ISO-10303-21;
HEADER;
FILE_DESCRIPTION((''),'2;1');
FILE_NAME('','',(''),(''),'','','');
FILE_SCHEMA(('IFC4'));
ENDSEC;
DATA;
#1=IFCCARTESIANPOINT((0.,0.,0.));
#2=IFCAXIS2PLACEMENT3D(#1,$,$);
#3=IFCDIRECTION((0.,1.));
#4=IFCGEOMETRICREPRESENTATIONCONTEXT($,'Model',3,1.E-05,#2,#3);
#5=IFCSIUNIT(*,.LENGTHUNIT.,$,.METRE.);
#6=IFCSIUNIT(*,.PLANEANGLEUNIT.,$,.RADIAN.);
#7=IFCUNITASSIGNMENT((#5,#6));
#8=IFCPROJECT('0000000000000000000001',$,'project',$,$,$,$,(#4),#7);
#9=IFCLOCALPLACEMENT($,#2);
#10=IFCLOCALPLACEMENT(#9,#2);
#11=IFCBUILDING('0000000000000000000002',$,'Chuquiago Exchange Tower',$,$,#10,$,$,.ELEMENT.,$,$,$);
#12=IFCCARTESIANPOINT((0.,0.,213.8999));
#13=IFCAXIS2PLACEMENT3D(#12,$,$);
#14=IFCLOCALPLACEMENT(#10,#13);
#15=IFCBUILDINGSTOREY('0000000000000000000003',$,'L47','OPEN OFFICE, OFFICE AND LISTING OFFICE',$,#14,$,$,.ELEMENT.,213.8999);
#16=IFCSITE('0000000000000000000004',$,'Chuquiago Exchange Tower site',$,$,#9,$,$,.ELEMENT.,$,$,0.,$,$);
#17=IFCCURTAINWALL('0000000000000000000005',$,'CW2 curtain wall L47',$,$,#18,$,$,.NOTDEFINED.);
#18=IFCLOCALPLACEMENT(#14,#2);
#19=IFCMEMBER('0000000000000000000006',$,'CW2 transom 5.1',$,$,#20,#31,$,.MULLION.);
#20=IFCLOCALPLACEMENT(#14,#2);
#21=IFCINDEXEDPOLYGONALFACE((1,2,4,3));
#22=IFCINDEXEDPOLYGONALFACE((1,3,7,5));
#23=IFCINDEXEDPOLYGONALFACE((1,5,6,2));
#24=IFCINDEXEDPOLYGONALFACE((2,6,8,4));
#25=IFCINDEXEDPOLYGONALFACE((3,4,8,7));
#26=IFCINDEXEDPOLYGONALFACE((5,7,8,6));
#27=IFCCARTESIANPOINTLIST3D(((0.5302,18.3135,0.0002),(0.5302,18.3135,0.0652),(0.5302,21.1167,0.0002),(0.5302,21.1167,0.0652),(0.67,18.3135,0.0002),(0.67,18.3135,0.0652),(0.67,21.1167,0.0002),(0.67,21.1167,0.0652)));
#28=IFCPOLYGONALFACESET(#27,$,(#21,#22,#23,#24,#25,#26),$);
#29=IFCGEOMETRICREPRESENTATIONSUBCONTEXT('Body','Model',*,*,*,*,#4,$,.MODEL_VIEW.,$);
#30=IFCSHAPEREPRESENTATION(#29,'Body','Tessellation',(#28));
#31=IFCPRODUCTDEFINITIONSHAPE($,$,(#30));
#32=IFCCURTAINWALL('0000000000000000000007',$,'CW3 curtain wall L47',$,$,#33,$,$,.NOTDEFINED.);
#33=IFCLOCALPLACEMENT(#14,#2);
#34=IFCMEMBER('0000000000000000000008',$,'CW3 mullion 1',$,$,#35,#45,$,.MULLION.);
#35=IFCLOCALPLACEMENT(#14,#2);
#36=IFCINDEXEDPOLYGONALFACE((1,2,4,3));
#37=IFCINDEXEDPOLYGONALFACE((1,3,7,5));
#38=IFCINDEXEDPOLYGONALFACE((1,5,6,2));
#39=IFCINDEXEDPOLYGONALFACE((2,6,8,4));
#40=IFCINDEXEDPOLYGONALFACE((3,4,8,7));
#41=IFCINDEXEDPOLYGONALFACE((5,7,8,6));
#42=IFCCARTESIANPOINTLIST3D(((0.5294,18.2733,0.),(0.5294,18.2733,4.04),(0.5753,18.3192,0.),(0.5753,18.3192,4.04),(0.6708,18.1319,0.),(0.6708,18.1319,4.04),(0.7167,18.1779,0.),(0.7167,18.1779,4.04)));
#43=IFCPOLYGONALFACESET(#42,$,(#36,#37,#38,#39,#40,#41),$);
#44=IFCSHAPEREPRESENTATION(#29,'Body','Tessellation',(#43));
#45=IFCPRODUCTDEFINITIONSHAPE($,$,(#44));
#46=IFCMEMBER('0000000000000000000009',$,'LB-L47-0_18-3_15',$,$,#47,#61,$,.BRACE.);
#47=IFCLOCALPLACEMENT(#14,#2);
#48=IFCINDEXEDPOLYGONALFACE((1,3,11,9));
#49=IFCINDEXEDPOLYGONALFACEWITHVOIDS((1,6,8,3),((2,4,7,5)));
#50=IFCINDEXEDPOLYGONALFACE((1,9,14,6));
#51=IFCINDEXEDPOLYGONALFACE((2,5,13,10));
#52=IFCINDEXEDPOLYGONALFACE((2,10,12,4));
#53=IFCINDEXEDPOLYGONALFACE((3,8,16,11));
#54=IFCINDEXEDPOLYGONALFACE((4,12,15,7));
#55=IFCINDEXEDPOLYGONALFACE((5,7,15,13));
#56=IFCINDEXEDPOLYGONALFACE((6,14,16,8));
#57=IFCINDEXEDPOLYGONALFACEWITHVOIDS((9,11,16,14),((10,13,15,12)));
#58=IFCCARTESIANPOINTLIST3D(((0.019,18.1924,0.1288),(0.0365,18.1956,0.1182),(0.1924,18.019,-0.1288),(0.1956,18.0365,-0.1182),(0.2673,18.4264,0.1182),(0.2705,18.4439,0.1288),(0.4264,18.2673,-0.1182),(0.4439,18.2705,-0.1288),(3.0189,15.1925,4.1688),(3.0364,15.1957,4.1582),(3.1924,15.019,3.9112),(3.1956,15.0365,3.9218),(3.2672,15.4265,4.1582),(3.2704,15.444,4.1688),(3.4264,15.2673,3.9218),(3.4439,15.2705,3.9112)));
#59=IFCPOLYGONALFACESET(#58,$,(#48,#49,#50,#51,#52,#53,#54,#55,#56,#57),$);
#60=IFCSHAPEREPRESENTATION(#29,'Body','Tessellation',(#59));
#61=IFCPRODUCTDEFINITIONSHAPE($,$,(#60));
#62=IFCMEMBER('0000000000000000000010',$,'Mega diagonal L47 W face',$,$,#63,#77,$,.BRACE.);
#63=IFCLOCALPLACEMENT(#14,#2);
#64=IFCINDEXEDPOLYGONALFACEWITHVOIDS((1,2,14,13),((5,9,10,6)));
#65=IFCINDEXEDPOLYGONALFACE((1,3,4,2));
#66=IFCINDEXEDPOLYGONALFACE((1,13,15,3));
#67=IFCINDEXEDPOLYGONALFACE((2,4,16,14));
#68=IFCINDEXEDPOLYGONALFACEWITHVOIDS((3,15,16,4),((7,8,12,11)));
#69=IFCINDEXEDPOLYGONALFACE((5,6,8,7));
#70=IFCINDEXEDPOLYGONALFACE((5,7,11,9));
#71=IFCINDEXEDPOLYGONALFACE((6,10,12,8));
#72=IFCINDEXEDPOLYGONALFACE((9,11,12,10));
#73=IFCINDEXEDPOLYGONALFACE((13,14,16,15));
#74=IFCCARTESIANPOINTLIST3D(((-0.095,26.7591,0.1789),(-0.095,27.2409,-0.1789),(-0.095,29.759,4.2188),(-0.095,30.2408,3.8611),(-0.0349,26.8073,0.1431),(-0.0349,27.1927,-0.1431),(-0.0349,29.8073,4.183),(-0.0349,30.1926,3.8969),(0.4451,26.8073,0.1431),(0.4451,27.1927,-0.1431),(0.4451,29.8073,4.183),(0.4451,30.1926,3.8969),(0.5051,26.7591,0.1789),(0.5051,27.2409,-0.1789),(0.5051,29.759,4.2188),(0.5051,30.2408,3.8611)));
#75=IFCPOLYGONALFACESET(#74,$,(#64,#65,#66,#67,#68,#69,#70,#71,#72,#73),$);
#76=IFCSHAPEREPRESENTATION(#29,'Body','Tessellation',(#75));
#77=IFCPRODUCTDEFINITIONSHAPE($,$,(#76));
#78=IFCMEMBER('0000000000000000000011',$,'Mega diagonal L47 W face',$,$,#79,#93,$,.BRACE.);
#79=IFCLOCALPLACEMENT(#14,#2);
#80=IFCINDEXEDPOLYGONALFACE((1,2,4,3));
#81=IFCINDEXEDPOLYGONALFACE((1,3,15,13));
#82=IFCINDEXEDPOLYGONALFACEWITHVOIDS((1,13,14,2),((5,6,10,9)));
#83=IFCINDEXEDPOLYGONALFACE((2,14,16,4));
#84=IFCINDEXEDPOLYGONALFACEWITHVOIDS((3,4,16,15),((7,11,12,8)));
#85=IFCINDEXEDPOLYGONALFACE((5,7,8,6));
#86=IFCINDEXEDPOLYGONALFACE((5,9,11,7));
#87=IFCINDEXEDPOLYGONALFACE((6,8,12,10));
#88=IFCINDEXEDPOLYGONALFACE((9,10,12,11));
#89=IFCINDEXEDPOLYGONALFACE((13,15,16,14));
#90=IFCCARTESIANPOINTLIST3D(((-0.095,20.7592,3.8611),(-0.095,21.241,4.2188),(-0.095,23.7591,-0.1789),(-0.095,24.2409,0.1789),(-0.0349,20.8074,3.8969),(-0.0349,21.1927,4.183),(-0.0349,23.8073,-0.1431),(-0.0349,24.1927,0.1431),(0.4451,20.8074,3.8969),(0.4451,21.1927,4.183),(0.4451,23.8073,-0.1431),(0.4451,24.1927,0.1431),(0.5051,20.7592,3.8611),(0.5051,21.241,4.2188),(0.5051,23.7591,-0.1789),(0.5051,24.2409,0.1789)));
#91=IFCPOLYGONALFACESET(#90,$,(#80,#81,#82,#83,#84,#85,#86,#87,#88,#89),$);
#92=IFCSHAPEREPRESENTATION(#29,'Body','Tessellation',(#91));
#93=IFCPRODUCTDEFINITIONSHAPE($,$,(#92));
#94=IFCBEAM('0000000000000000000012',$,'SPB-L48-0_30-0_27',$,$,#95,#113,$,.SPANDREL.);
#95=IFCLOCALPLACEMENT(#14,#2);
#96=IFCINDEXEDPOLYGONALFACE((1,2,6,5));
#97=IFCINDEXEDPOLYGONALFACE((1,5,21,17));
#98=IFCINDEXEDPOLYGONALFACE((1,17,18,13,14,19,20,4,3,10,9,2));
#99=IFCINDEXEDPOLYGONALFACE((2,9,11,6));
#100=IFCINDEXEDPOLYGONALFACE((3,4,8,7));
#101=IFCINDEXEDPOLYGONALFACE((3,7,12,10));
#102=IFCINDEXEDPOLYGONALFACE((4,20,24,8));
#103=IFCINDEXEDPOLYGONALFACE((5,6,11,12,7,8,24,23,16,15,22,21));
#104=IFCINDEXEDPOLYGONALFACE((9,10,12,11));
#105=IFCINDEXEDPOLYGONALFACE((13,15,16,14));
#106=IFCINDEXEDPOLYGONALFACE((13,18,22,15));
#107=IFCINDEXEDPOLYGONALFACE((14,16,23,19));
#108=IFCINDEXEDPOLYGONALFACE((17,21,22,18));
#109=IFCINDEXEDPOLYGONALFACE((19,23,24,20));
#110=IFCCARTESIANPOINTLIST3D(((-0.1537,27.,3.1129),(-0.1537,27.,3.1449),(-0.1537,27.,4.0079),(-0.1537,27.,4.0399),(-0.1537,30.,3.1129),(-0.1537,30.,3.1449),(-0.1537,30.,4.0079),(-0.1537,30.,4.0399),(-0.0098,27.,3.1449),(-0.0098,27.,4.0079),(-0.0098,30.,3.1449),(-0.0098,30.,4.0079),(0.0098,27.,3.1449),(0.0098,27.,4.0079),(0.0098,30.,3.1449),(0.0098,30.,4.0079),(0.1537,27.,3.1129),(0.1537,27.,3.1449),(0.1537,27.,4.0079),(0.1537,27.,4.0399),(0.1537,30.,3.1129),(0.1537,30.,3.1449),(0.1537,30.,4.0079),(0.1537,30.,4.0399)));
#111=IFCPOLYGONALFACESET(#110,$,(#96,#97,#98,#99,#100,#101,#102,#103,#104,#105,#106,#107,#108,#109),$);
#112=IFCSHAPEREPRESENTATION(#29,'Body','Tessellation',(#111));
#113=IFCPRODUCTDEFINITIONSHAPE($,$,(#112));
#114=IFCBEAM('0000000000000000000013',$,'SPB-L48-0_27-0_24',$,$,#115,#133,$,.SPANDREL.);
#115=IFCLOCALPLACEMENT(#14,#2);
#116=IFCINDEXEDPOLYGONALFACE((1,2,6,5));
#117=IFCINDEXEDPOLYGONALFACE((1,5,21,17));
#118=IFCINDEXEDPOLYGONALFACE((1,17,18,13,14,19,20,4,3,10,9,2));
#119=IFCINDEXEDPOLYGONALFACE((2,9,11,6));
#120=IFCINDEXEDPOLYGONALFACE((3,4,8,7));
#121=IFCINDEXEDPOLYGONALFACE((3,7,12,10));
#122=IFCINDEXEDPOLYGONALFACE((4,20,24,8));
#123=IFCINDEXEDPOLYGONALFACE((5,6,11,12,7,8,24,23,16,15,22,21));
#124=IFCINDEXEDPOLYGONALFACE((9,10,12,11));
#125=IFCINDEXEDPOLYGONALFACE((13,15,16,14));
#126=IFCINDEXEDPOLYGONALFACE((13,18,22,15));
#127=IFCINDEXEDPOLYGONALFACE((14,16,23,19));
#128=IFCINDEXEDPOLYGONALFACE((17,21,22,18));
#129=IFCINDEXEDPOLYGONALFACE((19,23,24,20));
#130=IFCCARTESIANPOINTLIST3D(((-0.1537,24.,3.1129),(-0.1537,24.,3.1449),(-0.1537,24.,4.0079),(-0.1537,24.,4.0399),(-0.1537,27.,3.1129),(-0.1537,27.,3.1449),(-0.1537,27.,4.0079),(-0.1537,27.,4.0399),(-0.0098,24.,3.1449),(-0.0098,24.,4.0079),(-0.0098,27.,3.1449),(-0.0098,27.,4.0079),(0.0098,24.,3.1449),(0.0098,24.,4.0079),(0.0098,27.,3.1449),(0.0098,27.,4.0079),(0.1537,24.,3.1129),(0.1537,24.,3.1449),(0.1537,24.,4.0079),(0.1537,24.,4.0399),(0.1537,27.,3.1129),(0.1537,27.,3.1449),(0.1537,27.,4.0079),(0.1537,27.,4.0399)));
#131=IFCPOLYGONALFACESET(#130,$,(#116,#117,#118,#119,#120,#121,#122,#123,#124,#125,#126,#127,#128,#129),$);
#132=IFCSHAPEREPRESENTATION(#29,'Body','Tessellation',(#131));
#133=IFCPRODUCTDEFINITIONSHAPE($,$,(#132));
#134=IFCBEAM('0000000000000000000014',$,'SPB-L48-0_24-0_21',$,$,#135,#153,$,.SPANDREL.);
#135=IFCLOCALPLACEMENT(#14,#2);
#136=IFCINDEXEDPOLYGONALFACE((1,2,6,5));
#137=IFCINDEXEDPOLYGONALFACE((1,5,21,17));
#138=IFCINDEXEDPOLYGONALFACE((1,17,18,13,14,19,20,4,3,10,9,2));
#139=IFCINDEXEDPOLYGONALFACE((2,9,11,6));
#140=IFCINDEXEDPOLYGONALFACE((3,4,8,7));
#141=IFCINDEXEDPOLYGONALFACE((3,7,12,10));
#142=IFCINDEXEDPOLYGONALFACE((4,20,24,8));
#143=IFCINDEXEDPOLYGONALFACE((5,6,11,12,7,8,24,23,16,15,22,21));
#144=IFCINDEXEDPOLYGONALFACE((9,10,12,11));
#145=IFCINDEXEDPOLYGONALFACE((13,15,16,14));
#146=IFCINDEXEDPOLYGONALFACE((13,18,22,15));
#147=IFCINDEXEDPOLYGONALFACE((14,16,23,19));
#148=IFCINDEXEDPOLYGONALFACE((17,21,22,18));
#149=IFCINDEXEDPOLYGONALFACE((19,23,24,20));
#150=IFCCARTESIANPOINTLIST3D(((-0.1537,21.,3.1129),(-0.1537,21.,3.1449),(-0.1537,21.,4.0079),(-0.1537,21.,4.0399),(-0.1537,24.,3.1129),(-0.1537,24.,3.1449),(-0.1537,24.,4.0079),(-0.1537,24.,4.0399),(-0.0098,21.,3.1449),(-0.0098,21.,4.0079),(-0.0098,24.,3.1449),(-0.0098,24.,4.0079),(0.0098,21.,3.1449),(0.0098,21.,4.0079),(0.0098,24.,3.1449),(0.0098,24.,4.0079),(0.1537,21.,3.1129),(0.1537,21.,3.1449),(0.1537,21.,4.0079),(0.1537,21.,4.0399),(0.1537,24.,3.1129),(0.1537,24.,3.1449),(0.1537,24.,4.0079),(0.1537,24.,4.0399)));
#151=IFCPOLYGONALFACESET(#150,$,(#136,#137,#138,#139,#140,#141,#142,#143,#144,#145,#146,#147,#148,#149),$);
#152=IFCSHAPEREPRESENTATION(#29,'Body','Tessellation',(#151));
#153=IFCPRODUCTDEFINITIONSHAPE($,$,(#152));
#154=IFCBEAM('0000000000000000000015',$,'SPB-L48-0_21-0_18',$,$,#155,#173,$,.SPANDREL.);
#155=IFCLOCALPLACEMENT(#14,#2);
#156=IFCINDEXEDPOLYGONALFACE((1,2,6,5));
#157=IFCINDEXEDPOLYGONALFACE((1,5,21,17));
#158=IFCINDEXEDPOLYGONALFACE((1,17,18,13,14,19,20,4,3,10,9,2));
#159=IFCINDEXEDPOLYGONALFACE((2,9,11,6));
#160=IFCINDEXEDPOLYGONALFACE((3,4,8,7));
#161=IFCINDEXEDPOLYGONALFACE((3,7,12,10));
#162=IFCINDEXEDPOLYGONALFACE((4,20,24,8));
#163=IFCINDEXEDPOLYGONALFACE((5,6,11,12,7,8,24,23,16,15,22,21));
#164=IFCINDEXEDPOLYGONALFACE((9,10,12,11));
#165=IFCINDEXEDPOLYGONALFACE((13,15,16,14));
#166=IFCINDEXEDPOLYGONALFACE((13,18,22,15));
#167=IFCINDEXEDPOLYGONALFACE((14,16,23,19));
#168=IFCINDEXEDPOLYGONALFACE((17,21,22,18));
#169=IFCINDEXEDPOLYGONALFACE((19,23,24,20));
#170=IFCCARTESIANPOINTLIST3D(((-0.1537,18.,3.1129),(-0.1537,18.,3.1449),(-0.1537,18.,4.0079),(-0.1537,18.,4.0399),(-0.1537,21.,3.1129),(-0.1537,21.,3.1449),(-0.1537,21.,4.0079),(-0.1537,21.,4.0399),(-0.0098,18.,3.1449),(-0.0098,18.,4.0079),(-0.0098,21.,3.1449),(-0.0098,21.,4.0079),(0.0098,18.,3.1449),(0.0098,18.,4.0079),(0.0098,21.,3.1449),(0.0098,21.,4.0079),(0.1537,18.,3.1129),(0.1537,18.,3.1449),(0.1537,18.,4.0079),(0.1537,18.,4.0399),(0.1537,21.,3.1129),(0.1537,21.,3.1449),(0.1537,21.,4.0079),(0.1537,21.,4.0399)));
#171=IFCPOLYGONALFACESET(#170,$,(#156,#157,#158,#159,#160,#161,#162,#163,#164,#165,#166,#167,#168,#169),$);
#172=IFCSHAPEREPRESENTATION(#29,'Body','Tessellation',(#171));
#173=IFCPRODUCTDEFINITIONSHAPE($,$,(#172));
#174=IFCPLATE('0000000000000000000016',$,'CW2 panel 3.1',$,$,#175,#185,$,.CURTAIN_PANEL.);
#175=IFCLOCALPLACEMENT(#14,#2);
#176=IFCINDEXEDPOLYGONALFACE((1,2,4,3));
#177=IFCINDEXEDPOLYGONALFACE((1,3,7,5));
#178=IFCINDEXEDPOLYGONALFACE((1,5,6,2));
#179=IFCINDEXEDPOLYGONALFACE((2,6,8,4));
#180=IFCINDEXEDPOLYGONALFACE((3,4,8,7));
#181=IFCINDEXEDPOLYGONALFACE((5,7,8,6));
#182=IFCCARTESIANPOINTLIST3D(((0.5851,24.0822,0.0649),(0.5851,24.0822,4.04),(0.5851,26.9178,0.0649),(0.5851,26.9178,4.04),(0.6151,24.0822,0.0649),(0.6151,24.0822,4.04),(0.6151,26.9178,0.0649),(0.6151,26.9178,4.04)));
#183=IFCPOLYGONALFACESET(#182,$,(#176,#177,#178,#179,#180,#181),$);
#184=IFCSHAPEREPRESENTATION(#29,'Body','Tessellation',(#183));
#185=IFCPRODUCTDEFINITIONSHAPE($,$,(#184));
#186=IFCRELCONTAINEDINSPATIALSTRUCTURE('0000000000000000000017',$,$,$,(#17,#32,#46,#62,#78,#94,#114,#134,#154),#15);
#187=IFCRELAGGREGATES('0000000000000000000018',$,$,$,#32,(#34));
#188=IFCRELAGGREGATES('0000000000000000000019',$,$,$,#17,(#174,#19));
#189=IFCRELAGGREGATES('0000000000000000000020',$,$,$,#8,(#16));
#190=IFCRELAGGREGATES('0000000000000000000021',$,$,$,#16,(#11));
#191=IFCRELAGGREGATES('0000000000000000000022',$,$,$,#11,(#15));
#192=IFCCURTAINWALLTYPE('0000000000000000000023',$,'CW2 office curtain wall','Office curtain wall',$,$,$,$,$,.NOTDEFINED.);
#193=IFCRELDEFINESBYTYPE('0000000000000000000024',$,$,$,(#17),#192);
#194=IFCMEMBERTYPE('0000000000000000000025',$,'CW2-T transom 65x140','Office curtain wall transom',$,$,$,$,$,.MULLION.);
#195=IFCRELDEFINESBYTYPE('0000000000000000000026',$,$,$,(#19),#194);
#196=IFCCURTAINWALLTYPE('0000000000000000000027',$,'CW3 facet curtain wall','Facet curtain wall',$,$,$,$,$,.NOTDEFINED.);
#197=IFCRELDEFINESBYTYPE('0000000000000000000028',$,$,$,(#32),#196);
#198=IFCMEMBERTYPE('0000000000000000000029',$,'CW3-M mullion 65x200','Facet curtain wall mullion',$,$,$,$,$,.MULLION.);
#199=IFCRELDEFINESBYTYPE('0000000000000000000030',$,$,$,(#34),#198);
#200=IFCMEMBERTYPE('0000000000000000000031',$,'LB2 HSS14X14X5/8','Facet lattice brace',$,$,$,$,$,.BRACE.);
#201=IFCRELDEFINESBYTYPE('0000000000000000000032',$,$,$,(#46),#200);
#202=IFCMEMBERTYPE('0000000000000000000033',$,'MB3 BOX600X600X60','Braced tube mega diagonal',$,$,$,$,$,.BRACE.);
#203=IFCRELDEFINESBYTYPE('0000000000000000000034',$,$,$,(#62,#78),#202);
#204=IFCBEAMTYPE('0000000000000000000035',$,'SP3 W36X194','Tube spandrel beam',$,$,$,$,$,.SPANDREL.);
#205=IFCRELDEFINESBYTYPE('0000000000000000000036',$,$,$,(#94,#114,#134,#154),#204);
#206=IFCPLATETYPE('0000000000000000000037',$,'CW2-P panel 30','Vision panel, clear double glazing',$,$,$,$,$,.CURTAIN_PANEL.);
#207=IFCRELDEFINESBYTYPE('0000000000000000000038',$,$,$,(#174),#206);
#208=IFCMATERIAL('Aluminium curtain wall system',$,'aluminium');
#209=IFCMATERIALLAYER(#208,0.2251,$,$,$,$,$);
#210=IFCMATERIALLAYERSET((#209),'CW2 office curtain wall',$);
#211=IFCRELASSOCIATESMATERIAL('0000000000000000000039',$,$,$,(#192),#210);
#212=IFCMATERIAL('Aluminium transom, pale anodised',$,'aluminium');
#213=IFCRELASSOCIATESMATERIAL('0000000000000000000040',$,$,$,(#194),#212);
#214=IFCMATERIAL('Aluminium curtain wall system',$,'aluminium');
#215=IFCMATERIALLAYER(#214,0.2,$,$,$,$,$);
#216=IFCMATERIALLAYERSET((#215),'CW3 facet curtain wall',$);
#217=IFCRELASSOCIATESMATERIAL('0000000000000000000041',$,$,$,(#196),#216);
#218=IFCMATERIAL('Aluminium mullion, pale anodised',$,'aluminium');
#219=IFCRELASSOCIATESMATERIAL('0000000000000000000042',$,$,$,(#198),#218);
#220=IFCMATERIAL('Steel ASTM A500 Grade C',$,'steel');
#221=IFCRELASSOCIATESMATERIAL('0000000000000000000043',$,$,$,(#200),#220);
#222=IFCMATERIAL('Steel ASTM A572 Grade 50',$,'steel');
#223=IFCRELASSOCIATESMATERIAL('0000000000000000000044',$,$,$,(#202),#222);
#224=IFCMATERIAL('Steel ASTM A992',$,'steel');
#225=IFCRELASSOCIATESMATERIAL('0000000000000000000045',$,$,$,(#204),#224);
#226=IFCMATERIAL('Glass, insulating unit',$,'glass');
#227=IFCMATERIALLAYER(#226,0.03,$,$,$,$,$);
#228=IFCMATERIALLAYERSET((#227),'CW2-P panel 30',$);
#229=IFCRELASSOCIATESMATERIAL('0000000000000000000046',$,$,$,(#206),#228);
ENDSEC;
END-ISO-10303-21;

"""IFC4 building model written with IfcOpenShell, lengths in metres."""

from ifc_helpers import new_model, si_unit, direction, frame, origin, origin_2d, place, context, subcontext, project, spatial, rectangle, hollow_rectangle, i_section, extrude, material, layer, layer_set, material_profile, profile_set, type_object, element, aggregate, save


model = new_model("IFC4")

# Units and contexts
model_context = context("Model", 3, precision=1e-05, world=origin(), true_north=direction((0.0, 1.0)))
body_context = subcontext(model_context, "Body", "Model", "MODEL_VIEW")
ifc_project = project(units=[si_unit("LENGTHUNIT", "METRE"), si_unit("PLANEANGLEUNIT", "RADIAN")], contexts=[model_context])

# Site, building, storey
site_placement = place(None, origin())
site = spatial("IfcSite", under=ifc_project, at=site_placement, Name="Chuquiago Exchange Tower site", CompositionType="ELEMENT", RefElevation=0.0)
building_placement = place(site_placement, origin())
building = spatial("IfcBuilding", under=site, at=building_placement, Name="Chuquiago Exchange Tower", CompositionType="ELEMENT")
storey_placement = place(building_placement, frame((0.0, 0.0, 213.8999)))
storey = spatial("IfcBuildingStorey", under=building, at=storey_placement, Name="L47", Description="OPEN OFFICE, OFFICE AND LISTING OFFICE", CompositionType="ELEMENT", Elevation=213.8999)

# Curtain wall, member
ifc_material_1 = material(Name="Aluminium curtain wall system", Category="aluminium")
ifc_layer_1 = layer(ifc_material_1, 0.2251)
ifc_layer_set_1 = layer_set([ifc_layer_1], Name="CW2 office curtain wall")
curtain_wall_type_1 = type_object("IfcCurtainWallType", Name="CW2 office curtain wall", Description="Office curtain wall", PredefinedType="NOTDEFINED", material=ifc_layer_set_1)
curtain_wall_1_placement = place(storey_placement, origin())
curtain_wall_1 = element("IfcCurtainWall", 1, at=curtain_wall_1_placement, inside=storey, type_object=curtain_wall_type_1, Name="CW2 curtain wall L47", PredefinedType="NOTDEFINED")
ifc_material_2 = material(Name="Aluminium transom, pale anodised", Category="aluminium")
ifc_material_profile_1 = material_profile(ifc_material_2, rectangle(XDim=0.1399, YDim=0.0649, at=origin_2d()), Name="AL 140x65")
ifc_profile_set_1 = profile_set([ifc_material_profile_1], Name="Aluminium transom, pale anodised")
member_type_1 = type_object("IfcMemberType", Name="CW2-T transom 65x140", Description="Office curtain wall transom", PredefinedType="MULLION", material=ifc_profile_set_1)
member_1_placement = place(storey_placement, frame((0.6001, 21.1167, 0.0327), z_axis=(0.0, -1.0, 0.0), x_axis=(1.0, 0.0, 0.0)))
member_1 = element("IfcMember", 2, at=member_1_placement, type_object=member_type_1, Name="CW2 transom 5.1", PredefinedType="MULLION", context=body_context, shape_type="SweptSolid", body=[
    extrude(rectangle(XDim=0.1399, YDim=0.0649, at=origin_2d()), origin(), (0.0, 0.0, 1.0), 2.8032),
])

# Curtain wall, member
ifc_material_3 = material(Name="Aluminium curtain wall system", Category="aluminium")
ifc_layer_2 = layer(ifc_material_3, 0.2)
ifc_layer_set_2 = layer_set([ifc_layer_2], Name="CW3 facet curtain wall")
curtain_wall_type_2 = type_object("IfcCurtainWallType", Name="CW3 facet curtain wall", Description="Facet curtain wall", PredefinedType="NOTDEFINED", material=ifc_layer_set_2)
curtain_wall_2_placement = place(storey_placement, origin())
curtain_wall_2 = element("IfcCurtainWall", 3, at=curtain_wall_2_placement, inside=storey, type_object=curtain_wall_type_2, Name="CW3 curtain wall L47", PredefinedType="NOTDEFINED")
ifc_material_4 = material(Name="Aluminium mullion, pale anodised", Category="aluminium")
ifc_material_profile_2 = material_profile(ifc_material_4, rectangle(XDim=0.0649, YDim=0.2, at=origin_2d()), Name="AL 65x200")
ifc_profile_set_2 = profile_set([ifc_material_profile_2], Name="Aluminium mullion, pale anodised")
member_type_2 = type_object("IfcMemberType", Name="CW3-M mullion 65x200", Description="Facet curtain wall mullion", PredefinedType="MULLION", material=ifc_profile_set_2)
member_2_placement = place(storey_placement, frame((0.623, 18.2256, 0.0), z_axis=(0.0, 0.0, 1.0), x_axis=(0.707107, 0.707107, 0.0)))
member_2 = element("IfcMember", 4, at=member_2_placement, type_object=member_type_2, Name="CW3 mullion 1", PredefinedType="MULLION", context=body_context, shape_type="SweptSolid", body=[
    extrude(rectangle(XDim=0.0649, YDim=0.2, at=origin_2d()), origin(), (0.0, 0.0, 1.0), 4.04),
])
aggregate(curtain_wall_2, [member_2])

# Members
ifc_material_5 = material(Name="Steel ASTM A500 Grade C", Category="steel")
ifc_material_profile_3 = material_profile(ifc_material_5, hollow_rectangle(XDim=0.3557, YDim=0.3557, WallThickness=0.0146, at=origin_2d()), Name="HSS14X14X5/8")
ifc_profile_set_3 = profile_set([ifc_material_profile_3], Name="Steel ASTM A500 Grade C")
member_type_3 = type_object("IfcMemberType", Name="LB2 HSS14X14X5/8", Description="Facet lattice brace", PredefinedType="BRACE", material=ifc_profile_set_3)
member_3_placement = place(storey_placement, frame((0.2314, 18.2314, 0.0), z_axis=(0.512077, -0.512077, 0.689604), x_axis=(0.707107, 0.707107, 0.0)))
element("IfcMember", 5, at=member_3_placement, inside=storey, type_object=member_type_3, Name="LB-L47-0_18-3_15", PredefinedType="BRACE", context=body_context, shape_type="SweptSolid", body=[
    extrude(hollow_rectangle(XDim=0.3557, YDim=0.3557, WallThickness=0.0146, at=origin_2d()), origin(), (0.0, 0.0, 1.0), 5.8584),
])
ifc_material_6 = material(Name="Steel ASTM A572 Grade 50", Category="steel")
ifc_material_profile_4 = material_profile(ifc_material_6, hollow_rectangle(XDim=0.6001, YDim=0.6001, WallThickness=0.0601, at=origin_2d()), Name="BOX600X600X60")
ifc_profile_set_4 = profile_set([ifc_material_profile_4], Name="Steel ASTM A572 Grade 50")
member_type_4 = type_object("IfcMemberType", Name="MB3 BOX600X600X60", Description="Braced tube mega diagonal", PredefinedType="BRACE", material=ifc_profile_set_4)
for number, where, z_axis, x_axis, name in (
    (6, (0.2051, 27.0, 0.0), (0.0, 0.596174, 0.802855), (-1.0, 0.0, 0.0), "Mega diagonal L47 W face"),
    (7, (0.2051, 24.0, 0.0), (0.0, -0.596174, 0.802855), (1.0, 0.0, 0.0), "Mega diagonal L47 W face"),
):
    element("IfcMember", number, at=place(storey_placement, frame(where, z_axis=z_axis, x_axis=x_axis)), inside=storey, type_object=member_type_4, Name=name, PredefinedType="BRACE", context=body_context, shape_type="SweptSolid", body=[
        extrude(hollow_rectangle(XDim=0.6001, YDim=0.6001, WallThickness=0.0601, at=origin_2d()), origin(), (0.0, 0.0, 1.0), 5.032),
    ])

# Beams
ifc_material_7 = material(Name="Steel ASTM A992", Category="steel")
ifc_material_profile_5 = material_profile(ifc_material_7, i_section(OverallWidth=0.3074, OverallDepth=0.927, WebThickness=0.0195, FlangeThickness=0.032, at=origin_2d()), Name="W36X194")
ifc_profile_set_5 = profile_set([ifc_material_profile_5], Name="Steel ASTM A992")
beam_type = type_object("IfcBeamType", Name="SP3 W36X194", Description="Tube spandrel beam", PredefinedType="SPANDREL", material=ifc_profile_set_5)
for number, where, z_axis, x_axis, name in (
    (8, (0.0, 30.0, 3.5764), (0.0, -1.0, 0.0), (1.0, 0.0, 0.0), "SPB-L48-0_30-0_27"),
    (9, (0.0, 27.0, 3.5764), (0.0, -1.0, 0.0), (1.0, 0.0, 0.0), "SPB-L48-0_27-0_24"),
    (10, (0.0, 24.0, 3.5764), (0.0, -1.0, 0.0), (1.0, 0.0, 0.0), "SPB-L48-0_24-0_21"),
    (11, (0.0, 21.0, 3.5764), (0.0, -1.0, 0.0), (1.0, 0.0, 0.0), "SPB-L48-0_21-0_18"),
):
    element("IfcBeam", number, at=place(storey_placement, frame(where, z_axis=z_axis, x_axis=x_axis)), inside=storey, type_object=beam_type, Name=name, PredefinedType="SPANDREL", context=body_context, shape_type="SweptSolid", body=[
        extrude(i_section(OverallWidth=0.3074, OverallDepth=0.927, WebThickness=0.0195, FlangeThickness=0.032, at=origin_2d()), origin(), (0.0, 0.0, 1.0), 3.0),
    ])

# Plate
ifc_material_8 = material(Name="Glass, insulating unit", Category="glass")
ifc_layer_3 = layer(ifc_material_8, 0.03)
ifc_layer_set_3 = layer_set([ifc_layer_3], Name="CW2-P panel 30")
plate_type_1 = type_object("IfcPlateType", Name="CW2-P panel 30", Description="Vision panel, clear double glazing", PredefinedType="CURTAIN_PANEL", material=ifc_layer_set_3)
plate_1_placement = place(storey_placement, frame((0.6001, 25.5, 0.0649), z_axis=(0.0, 0.0, 1.0), x_axis=(0.0, -1.0, 0.0)))
plate_1 = element("IfcPlate", 12, at=plate_1_placement, type_object=plate_type_1, Name="CW2 panel 3.1", PredefinedType="CURTAIN_PANEL", context=body_context, shape_type="SweptSolid", body=[
    extrude(rectangle(XDim=2.8357, YDim=0.03, at=origin_2d()), origin(), (0.0, 0.0, 1.0), 3.9751),
])
aggregate(curtain_wall_1, [plate_1, member_1])

save(model, "model.ifc")
